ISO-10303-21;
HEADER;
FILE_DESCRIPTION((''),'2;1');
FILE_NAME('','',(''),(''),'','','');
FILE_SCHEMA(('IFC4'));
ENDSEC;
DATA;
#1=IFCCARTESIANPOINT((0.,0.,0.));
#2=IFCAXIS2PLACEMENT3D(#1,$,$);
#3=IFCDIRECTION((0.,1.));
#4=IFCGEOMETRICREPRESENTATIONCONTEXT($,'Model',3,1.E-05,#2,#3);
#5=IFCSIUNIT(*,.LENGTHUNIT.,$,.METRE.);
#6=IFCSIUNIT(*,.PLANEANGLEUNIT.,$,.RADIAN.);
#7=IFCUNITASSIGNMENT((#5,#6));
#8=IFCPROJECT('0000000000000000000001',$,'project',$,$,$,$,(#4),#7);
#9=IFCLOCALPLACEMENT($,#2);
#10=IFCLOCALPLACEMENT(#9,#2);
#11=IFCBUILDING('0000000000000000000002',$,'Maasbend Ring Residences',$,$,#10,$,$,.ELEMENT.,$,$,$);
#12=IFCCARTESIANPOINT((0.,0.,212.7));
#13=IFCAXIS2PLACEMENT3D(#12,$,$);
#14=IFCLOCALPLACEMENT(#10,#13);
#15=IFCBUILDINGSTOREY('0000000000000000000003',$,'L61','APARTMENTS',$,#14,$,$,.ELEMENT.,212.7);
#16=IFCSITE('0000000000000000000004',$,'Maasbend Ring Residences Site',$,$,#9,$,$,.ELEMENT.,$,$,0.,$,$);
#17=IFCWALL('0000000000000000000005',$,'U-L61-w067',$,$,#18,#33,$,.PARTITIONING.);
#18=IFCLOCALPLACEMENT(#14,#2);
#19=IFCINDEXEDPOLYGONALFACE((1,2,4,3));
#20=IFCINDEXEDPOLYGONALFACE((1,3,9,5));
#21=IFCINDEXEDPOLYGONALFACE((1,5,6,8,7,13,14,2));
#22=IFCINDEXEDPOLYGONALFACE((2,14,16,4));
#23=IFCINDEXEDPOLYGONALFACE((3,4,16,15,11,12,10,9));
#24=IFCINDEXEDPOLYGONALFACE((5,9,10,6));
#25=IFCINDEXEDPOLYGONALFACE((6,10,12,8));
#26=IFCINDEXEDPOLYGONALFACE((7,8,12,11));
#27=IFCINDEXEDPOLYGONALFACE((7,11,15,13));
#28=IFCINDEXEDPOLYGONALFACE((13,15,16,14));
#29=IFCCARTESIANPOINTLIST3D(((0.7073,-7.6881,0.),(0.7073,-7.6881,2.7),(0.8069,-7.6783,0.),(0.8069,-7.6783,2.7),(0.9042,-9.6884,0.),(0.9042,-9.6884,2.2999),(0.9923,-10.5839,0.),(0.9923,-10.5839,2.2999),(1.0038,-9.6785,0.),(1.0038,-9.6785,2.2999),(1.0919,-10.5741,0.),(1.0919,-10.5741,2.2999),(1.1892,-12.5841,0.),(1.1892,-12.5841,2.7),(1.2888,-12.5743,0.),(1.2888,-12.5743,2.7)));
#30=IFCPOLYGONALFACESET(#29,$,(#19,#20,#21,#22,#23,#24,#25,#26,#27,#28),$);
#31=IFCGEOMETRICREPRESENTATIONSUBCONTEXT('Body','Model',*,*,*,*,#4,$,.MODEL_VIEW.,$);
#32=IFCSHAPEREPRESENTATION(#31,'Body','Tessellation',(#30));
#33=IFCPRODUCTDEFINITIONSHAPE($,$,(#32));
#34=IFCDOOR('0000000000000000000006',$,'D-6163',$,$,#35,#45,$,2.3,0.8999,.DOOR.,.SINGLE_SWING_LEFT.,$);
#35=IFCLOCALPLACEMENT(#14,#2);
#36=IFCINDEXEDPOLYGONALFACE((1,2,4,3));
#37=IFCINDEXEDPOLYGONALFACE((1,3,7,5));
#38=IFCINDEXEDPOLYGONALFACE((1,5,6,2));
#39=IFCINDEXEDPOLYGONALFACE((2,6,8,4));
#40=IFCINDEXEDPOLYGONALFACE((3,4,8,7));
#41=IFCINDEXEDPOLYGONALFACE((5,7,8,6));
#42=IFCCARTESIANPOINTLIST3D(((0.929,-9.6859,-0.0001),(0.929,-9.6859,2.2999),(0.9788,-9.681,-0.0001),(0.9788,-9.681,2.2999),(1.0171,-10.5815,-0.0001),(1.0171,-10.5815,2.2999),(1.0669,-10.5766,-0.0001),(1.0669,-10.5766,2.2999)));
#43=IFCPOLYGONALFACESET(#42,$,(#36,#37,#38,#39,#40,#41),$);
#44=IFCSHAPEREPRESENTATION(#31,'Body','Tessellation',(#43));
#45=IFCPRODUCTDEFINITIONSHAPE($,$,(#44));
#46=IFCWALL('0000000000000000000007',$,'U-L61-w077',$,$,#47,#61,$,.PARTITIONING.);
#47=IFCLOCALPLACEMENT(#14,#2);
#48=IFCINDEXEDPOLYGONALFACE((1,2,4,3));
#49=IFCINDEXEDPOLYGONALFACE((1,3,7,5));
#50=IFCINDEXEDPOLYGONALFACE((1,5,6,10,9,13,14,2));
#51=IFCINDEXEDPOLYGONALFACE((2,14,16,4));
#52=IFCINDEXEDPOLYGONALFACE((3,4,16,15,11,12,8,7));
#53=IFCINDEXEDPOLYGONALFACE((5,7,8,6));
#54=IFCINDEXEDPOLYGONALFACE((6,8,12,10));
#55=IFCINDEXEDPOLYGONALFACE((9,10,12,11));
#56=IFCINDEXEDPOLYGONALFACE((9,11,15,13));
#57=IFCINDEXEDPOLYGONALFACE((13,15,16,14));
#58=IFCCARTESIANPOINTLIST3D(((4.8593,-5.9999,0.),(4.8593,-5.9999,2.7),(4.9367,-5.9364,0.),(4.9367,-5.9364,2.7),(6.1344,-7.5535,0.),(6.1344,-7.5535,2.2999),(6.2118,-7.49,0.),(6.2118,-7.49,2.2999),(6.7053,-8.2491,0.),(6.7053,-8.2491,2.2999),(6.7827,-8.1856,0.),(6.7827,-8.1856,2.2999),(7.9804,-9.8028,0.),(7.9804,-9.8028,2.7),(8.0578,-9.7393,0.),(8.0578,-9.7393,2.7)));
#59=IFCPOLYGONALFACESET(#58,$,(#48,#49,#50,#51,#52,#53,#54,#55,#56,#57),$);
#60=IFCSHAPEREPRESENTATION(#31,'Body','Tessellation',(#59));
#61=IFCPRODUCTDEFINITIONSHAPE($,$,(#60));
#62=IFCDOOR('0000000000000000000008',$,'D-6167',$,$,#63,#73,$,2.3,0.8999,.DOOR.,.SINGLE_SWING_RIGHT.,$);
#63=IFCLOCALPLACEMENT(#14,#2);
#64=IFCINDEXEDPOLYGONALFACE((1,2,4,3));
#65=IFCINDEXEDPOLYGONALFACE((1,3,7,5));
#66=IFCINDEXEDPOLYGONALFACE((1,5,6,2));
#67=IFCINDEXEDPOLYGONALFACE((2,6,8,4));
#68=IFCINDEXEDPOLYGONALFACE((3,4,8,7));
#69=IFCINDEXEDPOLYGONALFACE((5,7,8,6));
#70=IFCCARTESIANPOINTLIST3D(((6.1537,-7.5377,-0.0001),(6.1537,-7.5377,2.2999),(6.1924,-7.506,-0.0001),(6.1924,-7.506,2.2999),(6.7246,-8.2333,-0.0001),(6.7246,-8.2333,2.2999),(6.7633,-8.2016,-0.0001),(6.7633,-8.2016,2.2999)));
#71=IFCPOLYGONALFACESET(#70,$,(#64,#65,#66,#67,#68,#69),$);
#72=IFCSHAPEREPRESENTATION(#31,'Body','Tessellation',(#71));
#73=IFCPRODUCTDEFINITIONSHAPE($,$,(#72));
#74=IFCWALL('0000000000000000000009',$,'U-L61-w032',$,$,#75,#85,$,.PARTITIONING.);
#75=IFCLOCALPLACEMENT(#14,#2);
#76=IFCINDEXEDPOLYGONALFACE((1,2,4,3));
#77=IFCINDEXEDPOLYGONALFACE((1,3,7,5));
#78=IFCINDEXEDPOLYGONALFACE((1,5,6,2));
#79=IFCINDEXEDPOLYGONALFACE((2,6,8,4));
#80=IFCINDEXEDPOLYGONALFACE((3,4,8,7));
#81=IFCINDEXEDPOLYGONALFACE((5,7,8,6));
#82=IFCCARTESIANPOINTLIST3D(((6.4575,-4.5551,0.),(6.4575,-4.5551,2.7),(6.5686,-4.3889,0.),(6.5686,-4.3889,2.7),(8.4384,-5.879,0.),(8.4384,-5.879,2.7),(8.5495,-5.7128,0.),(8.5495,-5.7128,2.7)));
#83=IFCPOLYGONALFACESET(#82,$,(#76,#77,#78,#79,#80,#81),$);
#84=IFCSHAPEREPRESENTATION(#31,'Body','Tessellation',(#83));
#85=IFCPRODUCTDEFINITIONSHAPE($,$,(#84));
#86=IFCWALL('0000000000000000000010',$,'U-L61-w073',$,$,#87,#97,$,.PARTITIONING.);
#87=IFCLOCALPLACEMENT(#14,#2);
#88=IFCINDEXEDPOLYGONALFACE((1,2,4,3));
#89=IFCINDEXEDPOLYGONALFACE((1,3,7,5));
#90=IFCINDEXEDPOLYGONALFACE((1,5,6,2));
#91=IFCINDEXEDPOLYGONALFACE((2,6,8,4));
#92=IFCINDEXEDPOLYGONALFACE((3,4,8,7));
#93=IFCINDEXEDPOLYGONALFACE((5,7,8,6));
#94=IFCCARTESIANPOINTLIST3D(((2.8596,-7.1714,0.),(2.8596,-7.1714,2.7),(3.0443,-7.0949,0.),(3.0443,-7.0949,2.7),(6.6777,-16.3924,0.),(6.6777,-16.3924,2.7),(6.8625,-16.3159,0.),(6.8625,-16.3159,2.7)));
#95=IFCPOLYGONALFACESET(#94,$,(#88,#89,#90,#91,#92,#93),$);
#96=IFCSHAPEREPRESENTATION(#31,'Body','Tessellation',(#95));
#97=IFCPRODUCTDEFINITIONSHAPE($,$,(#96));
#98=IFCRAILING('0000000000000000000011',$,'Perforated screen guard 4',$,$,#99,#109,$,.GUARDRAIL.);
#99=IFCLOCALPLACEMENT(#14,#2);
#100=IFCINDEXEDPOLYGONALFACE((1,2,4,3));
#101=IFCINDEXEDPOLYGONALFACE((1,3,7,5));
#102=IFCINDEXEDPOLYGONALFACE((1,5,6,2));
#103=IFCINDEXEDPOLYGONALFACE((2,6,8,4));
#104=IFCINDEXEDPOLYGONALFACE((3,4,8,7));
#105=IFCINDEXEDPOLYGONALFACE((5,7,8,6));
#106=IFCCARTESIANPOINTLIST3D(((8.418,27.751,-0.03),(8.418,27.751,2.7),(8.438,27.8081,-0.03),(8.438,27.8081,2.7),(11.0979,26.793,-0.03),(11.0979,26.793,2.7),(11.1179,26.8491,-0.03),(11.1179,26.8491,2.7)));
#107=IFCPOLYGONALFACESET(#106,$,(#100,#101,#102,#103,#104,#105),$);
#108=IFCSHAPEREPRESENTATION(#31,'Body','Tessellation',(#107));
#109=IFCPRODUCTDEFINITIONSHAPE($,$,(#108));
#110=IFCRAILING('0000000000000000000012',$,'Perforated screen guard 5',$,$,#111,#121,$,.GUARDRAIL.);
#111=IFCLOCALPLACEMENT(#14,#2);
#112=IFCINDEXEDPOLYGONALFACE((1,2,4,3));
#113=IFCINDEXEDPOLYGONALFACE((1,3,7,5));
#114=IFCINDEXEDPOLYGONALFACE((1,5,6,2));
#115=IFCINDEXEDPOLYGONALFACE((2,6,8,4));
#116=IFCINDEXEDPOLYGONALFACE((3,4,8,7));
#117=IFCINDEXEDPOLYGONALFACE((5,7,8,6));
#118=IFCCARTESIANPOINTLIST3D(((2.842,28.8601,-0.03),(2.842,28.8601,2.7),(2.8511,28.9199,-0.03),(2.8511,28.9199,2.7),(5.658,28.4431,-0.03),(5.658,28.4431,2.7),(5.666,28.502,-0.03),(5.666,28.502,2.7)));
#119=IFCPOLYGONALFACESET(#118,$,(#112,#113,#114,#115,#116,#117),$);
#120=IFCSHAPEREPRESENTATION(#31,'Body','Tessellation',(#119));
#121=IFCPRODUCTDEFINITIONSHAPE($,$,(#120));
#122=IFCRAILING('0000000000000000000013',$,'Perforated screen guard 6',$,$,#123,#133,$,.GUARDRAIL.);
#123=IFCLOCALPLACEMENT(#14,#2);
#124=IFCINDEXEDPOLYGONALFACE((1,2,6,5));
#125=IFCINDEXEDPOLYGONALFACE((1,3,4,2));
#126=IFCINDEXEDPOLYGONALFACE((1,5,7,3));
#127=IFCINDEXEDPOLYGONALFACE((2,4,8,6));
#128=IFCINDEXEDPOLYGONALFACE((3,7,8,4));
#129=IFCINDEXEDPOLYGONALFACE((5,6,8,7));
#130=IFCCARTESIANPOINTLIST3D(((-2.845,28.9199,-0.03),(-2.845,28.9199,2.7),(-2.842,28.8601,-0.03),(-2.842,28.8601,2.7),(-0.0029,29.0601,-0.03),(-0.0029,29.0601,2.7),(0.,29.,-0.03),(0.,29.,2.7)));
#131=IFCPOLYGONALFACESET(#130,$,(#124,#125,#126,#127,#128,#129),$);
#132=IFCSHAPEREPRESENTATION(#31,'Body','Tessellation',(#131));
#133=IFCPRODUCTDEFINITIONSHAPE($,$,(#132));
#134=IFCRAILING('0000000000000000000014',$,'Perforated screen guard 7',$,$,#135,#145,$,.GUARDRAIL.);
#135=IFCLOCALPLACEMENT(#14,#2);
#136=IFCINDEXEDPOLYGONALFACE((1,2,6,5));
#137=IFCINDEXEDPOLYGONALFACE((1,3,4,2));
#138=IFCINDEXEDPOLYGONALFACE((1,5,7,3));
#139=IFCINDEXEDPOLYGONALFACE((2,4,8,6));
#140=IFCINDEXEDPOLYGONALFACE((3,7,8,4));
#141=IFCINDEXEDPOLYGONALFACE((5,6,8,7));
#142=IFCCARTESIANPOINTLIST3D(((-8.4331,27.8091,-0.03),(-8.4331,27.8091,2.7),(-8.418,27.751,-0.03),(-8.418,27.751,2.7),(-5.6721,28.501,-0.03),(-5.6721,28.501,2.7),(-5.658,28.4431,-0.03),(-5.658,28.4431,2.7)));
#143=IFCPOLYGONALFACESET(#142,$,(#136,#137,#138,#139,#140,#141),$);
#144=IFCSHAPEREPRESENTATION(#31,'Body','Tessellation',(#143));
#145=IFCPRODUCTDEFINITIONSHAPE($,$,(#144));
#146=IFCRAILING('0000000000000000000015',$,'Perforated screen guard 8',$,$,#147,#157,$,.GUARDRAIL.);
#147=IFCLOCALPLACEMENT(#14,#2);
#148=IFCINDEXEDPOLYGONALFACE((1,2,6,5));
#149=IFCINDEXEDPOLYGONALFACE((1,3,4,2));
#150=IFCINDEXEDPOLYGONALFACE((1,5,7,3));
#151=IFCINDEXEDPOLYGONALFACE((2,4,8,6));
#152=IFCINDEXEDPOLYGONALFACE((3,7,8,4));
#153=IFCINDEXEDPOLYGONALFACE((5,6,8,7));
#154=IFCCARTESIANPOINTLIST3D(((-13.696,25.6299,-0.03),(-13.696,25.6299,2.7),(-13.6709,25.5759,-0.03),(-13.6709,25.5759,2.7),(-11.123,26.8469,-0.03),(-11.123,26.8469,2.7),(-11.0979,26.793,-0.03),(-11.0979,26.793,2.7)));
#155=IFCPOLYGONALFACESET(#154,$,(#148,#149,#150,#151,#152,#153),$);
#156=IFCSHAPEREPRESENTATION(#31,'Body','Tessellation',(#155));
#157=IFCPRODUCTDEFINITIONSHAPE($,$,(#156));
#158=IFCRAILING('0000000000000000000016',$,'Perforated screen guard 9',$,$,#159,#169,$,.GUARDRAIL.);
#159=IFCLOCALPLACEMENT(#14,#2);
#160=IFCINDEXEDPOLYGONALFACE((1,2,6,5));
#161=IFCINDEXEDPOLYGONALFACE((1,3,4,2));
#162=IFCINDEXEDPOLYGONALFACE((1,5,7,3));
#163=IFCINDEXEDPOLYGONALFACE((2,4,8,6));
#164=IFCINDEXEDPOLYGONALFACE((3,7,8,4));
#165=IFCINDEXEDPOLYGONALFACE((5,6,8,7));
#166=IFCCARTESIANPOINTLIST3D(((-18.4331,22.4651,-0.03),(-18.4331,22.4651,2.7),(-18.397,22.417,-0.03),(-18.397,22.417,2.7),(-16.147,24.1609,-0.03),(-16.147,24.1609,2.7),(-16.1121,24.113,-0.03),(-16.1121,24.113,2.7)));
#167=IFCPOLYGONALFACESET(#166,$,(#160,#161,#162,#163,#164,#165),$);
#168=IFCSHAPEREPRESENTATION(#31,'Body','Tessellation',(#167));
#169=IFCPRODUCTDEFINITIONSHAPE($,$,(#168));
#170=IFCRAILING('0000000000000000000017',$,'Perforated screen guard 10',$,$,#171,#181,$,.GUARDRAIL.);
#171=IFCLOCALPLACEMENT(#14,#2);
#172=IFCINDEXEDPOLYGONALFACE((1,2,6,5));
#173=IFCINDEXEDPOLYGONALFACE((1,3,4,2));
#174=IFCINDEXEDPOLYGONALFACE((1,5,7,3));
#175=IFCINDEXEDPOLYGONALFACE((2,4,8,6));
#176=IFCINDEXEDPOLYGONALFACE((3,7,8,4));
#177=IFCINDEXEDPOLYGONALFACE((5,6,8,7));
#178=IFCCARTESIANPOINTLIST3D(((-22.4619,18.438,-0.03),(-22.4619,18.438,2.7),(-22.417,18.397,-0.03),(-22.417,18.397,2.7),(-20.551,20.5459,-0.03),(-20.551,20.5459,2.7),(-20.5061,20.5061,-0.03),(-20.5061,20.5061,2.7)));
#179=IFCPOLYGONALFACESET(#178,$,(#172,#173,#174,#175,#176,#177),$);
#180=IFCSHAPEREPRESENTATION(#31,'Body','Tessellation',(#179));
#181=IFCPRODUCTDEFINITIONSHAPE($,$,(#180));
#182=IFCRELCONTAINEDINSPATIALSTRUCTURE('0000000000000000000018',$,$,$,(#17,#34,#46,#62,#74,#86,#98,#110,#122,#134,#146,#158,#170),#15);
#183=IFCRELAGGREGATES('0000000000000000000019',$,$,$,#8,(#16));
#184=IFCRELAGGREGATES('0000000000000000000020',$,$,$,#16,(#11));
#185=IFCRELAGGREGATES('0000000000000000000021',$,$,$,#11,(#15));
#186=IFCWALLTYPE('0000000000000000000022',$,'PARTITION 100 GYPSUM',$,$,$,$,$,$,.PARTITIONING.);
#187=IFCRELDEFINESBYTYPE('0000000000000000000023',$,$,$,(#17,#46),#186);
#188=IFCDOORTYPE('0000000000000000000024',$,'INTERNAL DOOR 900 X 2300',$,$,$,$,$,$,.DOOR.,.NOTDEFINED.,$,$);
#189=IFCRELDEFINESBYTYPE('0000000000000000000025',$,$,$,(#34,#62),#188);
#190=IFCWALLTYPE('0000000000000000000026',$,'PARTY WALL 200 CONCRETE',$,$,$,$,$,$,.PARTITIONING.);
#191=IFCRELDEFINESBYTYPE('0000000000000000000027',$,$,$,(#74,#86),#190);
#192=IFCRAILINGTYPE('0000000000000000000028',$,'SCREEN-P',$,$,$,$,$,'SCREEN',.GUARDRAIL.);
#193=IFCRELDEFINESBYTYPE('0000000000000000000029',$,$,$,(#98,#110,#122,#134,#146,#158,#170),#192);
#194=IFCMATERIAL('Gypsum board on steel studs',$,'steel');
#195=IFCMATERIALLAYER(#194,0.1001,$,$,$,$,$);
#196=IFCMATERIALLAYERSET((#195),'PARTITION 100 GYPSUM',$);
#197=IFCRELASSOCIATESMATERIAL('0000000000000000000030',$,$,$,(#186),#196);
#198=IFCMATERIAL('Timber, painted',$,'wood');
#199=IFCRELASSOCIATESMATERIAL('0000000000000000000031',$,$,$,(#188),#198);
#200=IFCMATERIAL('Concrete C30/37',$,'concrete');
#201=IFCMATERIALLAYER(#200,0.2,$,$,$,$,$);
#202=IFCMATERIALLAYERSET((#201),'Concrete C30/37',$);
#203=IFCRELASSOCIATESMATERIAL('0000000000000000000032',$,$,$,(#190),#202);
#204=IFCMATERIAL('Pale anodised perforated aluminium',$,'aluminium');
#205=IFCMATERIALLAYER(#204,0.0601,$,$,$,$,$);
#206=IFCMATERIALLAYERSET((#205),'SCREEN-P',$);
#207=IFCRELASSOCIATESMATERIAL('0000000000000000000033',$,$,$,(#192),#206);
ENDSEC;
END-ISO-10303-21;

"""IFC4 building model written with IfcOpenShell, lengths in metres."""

from ifc_helpers import new_model, si_unit, direction, frame, frame_2d, origin, place, context, subcontext, project, spatial, polyline, rectangle, outline, extrude, material, layer, layer_set, type_object, element, fill, save


model = new_model("IFC4")

# Units and contexts
model_context = context("Model", 3, precision=1e-05, world=origin(), true_north=direction((0.0, 1.0)))
body_context = subcontext(model_context, "Body", "Model", "MODEL_VIEW")
ifc_project = project(units=[si_unit("LENGTHUNIT", "METRE"), si_unit("PLANEANGLEUNIT", "RADIAN")], contexts=[model_context])

# Site, building, storey
site_placement = place(None, origin())
site = spatial("IfcSite", under=ifc_project, at=site_placement, Name="Maasbend Ring Residences Site", CompositionType="ELEMENT", RefElevation=0.0)
building_placement = place(site_placement, origin())
building = spatial("IfcBuilding", under=site, at=building_placement, Name="Maasbend Ring Residences", CompositionType="ELEMENT")
storey_placement = place(building_placement, frame((0.0, 0.0, 212.7)))
storey = spatial("IfcBuildingStorey", under=building, at=storey_placement, Name="L61", Description="APARTMENTS", CompositionType="ELEMENT", Elevation=212.7)

# Walls, openings, doors
ifc_material_1 = material(Name="Gypsum board on steel studs", Category="steel")
ifc_layer_1 = layer(ifc_material_1, 0.1001)
ifc_layer_set_1 = layer_set([ifc_layer_1], Name="PARTITION 100 GYPSUM")
wall_type_1 = type_object("IfcWallType", Name="PARTITION 100 GYPSUM", PredefinedType="PARTITIONING", material=ifc_layer_set_1)
wall_1_placement = place(storey_placement, frame((0.7571, -7.6831, 0.0), z_axis=(0.0, 0.0, 1.0), x_axis=(0.097961, -0.99519, 0.0)))
wall_1 = element("IfcWall", 1, at=wall_1_placement, inside=storey, type_object=wall_type_1, Name="U-L61-w067", PredefinedType="PARTITIONING", context=body_context, shape_type="SweptSolid", body=[
    extrude(rectangle(XDim=4.9197, YDim=0.1001, at=frame_2d((2.46, 0.0))), origin(), (0.0, 0.0, 1.0), 2.7),
])
opening_1_placement = place(wall_1_placement, frame((2.01, 0.0, 0.0)))
opening_1 = element("IfcOpeningElement", 2, at=opening_1_placement, cuts=wall_1, PredefinedType="OPENING", context=body_context, shape_type="SweptSolid", body=[
    extrude(rectangle(XDim=0.8999, YDim=2.3, at=frame_2d((0.45, 1.1499))), frame((0.0, 0.0601, 0.0), z_axis=(0.0, -1.0, 0.0), x_axis=(1.0, 0.0, 0.0)), (0.0, 0.0, 1.0), 0.1201),
])
ifc_material_2 = material(Name="Timber, painted", Category="wood")
door_type = type_object("IfcDoorType", Name="INTERNAL DOOR 900 X 2300", OperationType="NOTDEFINED", PredefinedType="DOOR", material=ifc_material_2)
door_1_placement = place(opening_1_placement, origin())
door_1 = element("IfcDoor", 3, at=door_1_placement, inside=storey, type_object=door_type, Name="D-6163", OperationType="SINGLE_SWING_LEFT", OverallHeight=2.3, OverallWidth=0.8999, PredefinedType="DOOR", context=body_context, shape_type="SweptSolid", body=[
    extrude(rectangle(XDim=0.8999, YDim=2.3, at=frame_2d((0.45, 1.1499))), frame((0.0, 0.0249, 0.0), z_axis=(0.0, -1.0, 0.0), x_axis=(1.0, 0.0, 0.0)), (0.0, 0.0, 1.0), 0.05),
])
fill(opening_1, door_1)
wall_2_placement = place(storey_placement, frame((4.8979, -5.968, 0.0), z_axis=(0.0, 0.0, 1.0), x_axis=(0.634402, -0.773003, 0.0)))
wall_2 = element("IfcWall", 4, at=wall_2_placement, inside=storey, type_object=wall_type_1, Name="U-L61-w077", PredefinedType="PARTITIONING", context=body_context, shape_type="SweptSolid", body=[
    extrude(rectangle(XDim=4.9197, YDim=0.1001, at=frame_2d((2.46, 0.0))), origin(), (0.0, 0.0, 1.0), 2.7),
])
opening_2_placement = place(wall_2_placement, frame((2.01, 0.0, 0.0)))
opening_2 = element("IfcOpeningElement", 5, at=opening_2_placement, cuts=wall_2, PredefinedType="OPENING", context=body_context, shape_type="SweptSolid", body=[
    extrude(rectangle(XDim=0.8999, YDim=2.3, at=frame_2d((0.45, 1.1499))), frame((0.0, 0.0601, 0.0), z_axis=(0.0, -1.0, 0.0), x_axis=(1.0, 0.0, 0.0)), (0.0, 0.0, 1.0), 0.1201),
])
door_2_placement = place(opening_2_placement, origin())
door_2 = element("IfcDoor", 6, at=door_2_placement, inside=storey, type_object=door_type, Name="D-6167", OperationType="SINGLE_SWING_RIGHT", OverallHeight=2.3, OverallWidth=0.8999, PredefinedType="DOOR", context=body_context, shape_type="SweptSolid", body=[
    extrude(rectangle(XDim=0.8999, YDim=2.3, at=frame_2d((0.45, 1.1499))), frame((0.0, 0.0249, 0.0), z_axis=(0.0, -1.0, 0.0), x_axis=(1.0, 0.0, 0.0)), (0.0, 0.0, 1.0), 0.05),
])
fill(opening_2, door_2)

# Walls
ifc_material_3 = material(Name="Concrete C30/37", Category="concrete")
ifc_layer_2 = layer(ifc_material_3, 0.2)
ifc_layer_set_2 = layer_set([ifc_layer_2], Name="Concrete C30/37")
wall_type_2 = type_object("IfcWallType", Name="PARTY WALL 200 CONCRETE", PredefinedType="PARTITIONING", material=ifc_layer_set_2)
wall_3_placement = place(storey_placement, frame((6.5129, -4.4719, 0.0), z_axis=(0.0, 0.0, 1.0), x_axis=(0.831403, -0.555669, 0.0)))
element("IfcWall", 7, at=wall_3_placement, inside=storey, type_object=wall_type_2, Name="U-L61-w032", PredefinedType="PARTITIONING", context=body_context, shape_type="SweptSolid", body=[
    extrude(rectangle(XDim=2.3826, YDim=0.2, at=frame_2d((1.1914, 0.0))), origin(), (0.0, 0.0, 1.0), 2.7),
])
wall_4_placement = place(storey_placement, frame((2.9519, -7.1331, 0.0), z_axis=(0.0, 0.0, 1.0), x_axis=(0.38257, -0.923927, 0.0)))
element("IfcWall", 8, at=wall_4_placement, inside=storey, type_object=wall_type_2, Name="U-L61-w073", PredefinedType="PARTITIONING", context=body_context, shape_type="SweptSolid", body=[
    extrude(rectangle(XDim=9.9802, YDim=0.2, at=frame_2d((4.9902, 0.0))), origin(), (0.0, 0.0, 1.0), 2.7),
])

# Railings
ifc_material_4 = material(Name="Pale anodised perforated aluminium", Category="aluminium")
ifc_layer_3 = layer(ifc_material_4, 0.0601)
ifc_layer_set_3 = layer_set([ifc_layer_3], Name="SCREEN-P")
railing_type = type_object("IfcRailingType", Name="SCREEN-P", ElementType="SCREEN", PredefinedType="GUARDRAIL", material=ifc_layer_set_3)
railing_1_placement = place(storey_placement, frame((0.0, 0.0, -0.03)))
element("IfcRailing", 9, at=railing_1_placement, inside=storey, type_object=railing_type, Name="Perforated screen guard 4", PredefinedType="GUARDRAIL", context=body_context, shape_type="SweptSolid", body=[
    extrude(outline(polyline([(11.0979, 26.793), (8.418, 27.751), (8.438, 27.8081), (11.1179, 26.8491), (11.0979, 26.793)])), origin(), (0.0, 0.0, 1.0), 2.73),
])
railing_2_placement = place(storey_placement, frame((0.0, 0.0, -0.03)))
element("IfcRailing", 10, at=railing_2_placement, inside=storey, type_object=railing_type, Name="Perforated screen guard 5", PredefinedType="GUARDRAIL", context=body_context, shape_type="SweptSolid", body=[
    extrude(outline(polyline([(5.658, 28.4431), (2.842, 28.8601), (2.8511, 28.9199), (5.666, 28.502), (5.658, 28.4431)])), origin(), (0.0, 0.0, 1.0), 2.73),
])
railing_3_placement = place(storey_placement, frame((0.0, 0.0, -0.03)))
element("IfcRailing", 11, at=railing_3_placement, inside=storey, type_object=railing_type, Name="Perforated screen guard 6", PredefinedType="GUARDRAIL", context=body_context, shape_type="SweptSolid", body=[
    extrude(outline(polyline([(0.0, 29.0), (-2.842, 28.8601), (-2.845, 28.9199), (-0.0029, 29.0601), (0.0, 29.0)])), origin(), (0.0, 0.0, 1.0), 2.73),
])
railing_4_placement = place(storey_placement, frame((0.0, 0.0, -0.03)))
element("IfcRailing", 12, at=railing_4_placement, inside=storey, type_object=railing_type, Name="Perforated screen guard 7", PredefinedType="GUARDRAIL", context=body_context, shape_type="SweptSolid", body=[
    extrude(outline(polyline([(-5.658, 28.4431), (-8.418, 27.751), (-8.4331, 27.8091), (-5.6721, 28.501), (-5.658, 28.4431)])), origin(), (0.0, 0.0, 1.0), 2.73),
])
railing_5_placement = place(storey_placement, frame((0.0, 0.0, -0.03)))
element("IfcRailing", 13, at=railing_5_placement, inside=storey, type_object=railing_type, Name="Perforated screen guard 8", PredefinedType="GUARDRAIL", context=body_context, shape_type="SweptSolid", body=[
    extrude(outline(polyline([(-11.0979, 26.793), (-13.6709, 25.5759), (-13.696, 25.6299), (-11.123, 26.8469), (-11.0979, 26.793)])), origin(), (0.0, 0.0, 1.0), 2.73),
])
railing_6_placement = place(storey_placement, frame((0.0, 0.0, -0.03)))
element("IfcRailing", 14, at=railing_6_placement, inside=storey, type_object=railing_type, Name="Perforated screen guard 9", PredefinedType="GUARDRAIL", context=body_context, shape_type="SweptSolid", body=[
    extrude(outline(polyline([(-16.1121, 24.113), (-18.397, 22.417), (-18.4331, 22.4651), (-16.147, 24.1609), (-16.1121, 24.113)])), origin(), (0.0, 0.0, 1.0), 2.73),
])
railing_7_placement = place(storey_placement, frame((0.0, 0.0, -0.03)))
element("IfcRailing", 15, at=railing_7_placement, inside=storey, type_object=railing_type, Name="Perforated screen guard 10", PredefinedType="GUARDRAIL", context=body_context, shape_type="SweptSolid", body=[
    extrude(outline(polyline([(-20.5061, 20.5061), (-22.417, 18.397), (-22.4619, 18.438), (-20.551, 20.5459), (-20.5061, 20.5061)])), origin(), (0.0, 0.0, 1.0), 2.73),
])

save(model, "model.ifc")
